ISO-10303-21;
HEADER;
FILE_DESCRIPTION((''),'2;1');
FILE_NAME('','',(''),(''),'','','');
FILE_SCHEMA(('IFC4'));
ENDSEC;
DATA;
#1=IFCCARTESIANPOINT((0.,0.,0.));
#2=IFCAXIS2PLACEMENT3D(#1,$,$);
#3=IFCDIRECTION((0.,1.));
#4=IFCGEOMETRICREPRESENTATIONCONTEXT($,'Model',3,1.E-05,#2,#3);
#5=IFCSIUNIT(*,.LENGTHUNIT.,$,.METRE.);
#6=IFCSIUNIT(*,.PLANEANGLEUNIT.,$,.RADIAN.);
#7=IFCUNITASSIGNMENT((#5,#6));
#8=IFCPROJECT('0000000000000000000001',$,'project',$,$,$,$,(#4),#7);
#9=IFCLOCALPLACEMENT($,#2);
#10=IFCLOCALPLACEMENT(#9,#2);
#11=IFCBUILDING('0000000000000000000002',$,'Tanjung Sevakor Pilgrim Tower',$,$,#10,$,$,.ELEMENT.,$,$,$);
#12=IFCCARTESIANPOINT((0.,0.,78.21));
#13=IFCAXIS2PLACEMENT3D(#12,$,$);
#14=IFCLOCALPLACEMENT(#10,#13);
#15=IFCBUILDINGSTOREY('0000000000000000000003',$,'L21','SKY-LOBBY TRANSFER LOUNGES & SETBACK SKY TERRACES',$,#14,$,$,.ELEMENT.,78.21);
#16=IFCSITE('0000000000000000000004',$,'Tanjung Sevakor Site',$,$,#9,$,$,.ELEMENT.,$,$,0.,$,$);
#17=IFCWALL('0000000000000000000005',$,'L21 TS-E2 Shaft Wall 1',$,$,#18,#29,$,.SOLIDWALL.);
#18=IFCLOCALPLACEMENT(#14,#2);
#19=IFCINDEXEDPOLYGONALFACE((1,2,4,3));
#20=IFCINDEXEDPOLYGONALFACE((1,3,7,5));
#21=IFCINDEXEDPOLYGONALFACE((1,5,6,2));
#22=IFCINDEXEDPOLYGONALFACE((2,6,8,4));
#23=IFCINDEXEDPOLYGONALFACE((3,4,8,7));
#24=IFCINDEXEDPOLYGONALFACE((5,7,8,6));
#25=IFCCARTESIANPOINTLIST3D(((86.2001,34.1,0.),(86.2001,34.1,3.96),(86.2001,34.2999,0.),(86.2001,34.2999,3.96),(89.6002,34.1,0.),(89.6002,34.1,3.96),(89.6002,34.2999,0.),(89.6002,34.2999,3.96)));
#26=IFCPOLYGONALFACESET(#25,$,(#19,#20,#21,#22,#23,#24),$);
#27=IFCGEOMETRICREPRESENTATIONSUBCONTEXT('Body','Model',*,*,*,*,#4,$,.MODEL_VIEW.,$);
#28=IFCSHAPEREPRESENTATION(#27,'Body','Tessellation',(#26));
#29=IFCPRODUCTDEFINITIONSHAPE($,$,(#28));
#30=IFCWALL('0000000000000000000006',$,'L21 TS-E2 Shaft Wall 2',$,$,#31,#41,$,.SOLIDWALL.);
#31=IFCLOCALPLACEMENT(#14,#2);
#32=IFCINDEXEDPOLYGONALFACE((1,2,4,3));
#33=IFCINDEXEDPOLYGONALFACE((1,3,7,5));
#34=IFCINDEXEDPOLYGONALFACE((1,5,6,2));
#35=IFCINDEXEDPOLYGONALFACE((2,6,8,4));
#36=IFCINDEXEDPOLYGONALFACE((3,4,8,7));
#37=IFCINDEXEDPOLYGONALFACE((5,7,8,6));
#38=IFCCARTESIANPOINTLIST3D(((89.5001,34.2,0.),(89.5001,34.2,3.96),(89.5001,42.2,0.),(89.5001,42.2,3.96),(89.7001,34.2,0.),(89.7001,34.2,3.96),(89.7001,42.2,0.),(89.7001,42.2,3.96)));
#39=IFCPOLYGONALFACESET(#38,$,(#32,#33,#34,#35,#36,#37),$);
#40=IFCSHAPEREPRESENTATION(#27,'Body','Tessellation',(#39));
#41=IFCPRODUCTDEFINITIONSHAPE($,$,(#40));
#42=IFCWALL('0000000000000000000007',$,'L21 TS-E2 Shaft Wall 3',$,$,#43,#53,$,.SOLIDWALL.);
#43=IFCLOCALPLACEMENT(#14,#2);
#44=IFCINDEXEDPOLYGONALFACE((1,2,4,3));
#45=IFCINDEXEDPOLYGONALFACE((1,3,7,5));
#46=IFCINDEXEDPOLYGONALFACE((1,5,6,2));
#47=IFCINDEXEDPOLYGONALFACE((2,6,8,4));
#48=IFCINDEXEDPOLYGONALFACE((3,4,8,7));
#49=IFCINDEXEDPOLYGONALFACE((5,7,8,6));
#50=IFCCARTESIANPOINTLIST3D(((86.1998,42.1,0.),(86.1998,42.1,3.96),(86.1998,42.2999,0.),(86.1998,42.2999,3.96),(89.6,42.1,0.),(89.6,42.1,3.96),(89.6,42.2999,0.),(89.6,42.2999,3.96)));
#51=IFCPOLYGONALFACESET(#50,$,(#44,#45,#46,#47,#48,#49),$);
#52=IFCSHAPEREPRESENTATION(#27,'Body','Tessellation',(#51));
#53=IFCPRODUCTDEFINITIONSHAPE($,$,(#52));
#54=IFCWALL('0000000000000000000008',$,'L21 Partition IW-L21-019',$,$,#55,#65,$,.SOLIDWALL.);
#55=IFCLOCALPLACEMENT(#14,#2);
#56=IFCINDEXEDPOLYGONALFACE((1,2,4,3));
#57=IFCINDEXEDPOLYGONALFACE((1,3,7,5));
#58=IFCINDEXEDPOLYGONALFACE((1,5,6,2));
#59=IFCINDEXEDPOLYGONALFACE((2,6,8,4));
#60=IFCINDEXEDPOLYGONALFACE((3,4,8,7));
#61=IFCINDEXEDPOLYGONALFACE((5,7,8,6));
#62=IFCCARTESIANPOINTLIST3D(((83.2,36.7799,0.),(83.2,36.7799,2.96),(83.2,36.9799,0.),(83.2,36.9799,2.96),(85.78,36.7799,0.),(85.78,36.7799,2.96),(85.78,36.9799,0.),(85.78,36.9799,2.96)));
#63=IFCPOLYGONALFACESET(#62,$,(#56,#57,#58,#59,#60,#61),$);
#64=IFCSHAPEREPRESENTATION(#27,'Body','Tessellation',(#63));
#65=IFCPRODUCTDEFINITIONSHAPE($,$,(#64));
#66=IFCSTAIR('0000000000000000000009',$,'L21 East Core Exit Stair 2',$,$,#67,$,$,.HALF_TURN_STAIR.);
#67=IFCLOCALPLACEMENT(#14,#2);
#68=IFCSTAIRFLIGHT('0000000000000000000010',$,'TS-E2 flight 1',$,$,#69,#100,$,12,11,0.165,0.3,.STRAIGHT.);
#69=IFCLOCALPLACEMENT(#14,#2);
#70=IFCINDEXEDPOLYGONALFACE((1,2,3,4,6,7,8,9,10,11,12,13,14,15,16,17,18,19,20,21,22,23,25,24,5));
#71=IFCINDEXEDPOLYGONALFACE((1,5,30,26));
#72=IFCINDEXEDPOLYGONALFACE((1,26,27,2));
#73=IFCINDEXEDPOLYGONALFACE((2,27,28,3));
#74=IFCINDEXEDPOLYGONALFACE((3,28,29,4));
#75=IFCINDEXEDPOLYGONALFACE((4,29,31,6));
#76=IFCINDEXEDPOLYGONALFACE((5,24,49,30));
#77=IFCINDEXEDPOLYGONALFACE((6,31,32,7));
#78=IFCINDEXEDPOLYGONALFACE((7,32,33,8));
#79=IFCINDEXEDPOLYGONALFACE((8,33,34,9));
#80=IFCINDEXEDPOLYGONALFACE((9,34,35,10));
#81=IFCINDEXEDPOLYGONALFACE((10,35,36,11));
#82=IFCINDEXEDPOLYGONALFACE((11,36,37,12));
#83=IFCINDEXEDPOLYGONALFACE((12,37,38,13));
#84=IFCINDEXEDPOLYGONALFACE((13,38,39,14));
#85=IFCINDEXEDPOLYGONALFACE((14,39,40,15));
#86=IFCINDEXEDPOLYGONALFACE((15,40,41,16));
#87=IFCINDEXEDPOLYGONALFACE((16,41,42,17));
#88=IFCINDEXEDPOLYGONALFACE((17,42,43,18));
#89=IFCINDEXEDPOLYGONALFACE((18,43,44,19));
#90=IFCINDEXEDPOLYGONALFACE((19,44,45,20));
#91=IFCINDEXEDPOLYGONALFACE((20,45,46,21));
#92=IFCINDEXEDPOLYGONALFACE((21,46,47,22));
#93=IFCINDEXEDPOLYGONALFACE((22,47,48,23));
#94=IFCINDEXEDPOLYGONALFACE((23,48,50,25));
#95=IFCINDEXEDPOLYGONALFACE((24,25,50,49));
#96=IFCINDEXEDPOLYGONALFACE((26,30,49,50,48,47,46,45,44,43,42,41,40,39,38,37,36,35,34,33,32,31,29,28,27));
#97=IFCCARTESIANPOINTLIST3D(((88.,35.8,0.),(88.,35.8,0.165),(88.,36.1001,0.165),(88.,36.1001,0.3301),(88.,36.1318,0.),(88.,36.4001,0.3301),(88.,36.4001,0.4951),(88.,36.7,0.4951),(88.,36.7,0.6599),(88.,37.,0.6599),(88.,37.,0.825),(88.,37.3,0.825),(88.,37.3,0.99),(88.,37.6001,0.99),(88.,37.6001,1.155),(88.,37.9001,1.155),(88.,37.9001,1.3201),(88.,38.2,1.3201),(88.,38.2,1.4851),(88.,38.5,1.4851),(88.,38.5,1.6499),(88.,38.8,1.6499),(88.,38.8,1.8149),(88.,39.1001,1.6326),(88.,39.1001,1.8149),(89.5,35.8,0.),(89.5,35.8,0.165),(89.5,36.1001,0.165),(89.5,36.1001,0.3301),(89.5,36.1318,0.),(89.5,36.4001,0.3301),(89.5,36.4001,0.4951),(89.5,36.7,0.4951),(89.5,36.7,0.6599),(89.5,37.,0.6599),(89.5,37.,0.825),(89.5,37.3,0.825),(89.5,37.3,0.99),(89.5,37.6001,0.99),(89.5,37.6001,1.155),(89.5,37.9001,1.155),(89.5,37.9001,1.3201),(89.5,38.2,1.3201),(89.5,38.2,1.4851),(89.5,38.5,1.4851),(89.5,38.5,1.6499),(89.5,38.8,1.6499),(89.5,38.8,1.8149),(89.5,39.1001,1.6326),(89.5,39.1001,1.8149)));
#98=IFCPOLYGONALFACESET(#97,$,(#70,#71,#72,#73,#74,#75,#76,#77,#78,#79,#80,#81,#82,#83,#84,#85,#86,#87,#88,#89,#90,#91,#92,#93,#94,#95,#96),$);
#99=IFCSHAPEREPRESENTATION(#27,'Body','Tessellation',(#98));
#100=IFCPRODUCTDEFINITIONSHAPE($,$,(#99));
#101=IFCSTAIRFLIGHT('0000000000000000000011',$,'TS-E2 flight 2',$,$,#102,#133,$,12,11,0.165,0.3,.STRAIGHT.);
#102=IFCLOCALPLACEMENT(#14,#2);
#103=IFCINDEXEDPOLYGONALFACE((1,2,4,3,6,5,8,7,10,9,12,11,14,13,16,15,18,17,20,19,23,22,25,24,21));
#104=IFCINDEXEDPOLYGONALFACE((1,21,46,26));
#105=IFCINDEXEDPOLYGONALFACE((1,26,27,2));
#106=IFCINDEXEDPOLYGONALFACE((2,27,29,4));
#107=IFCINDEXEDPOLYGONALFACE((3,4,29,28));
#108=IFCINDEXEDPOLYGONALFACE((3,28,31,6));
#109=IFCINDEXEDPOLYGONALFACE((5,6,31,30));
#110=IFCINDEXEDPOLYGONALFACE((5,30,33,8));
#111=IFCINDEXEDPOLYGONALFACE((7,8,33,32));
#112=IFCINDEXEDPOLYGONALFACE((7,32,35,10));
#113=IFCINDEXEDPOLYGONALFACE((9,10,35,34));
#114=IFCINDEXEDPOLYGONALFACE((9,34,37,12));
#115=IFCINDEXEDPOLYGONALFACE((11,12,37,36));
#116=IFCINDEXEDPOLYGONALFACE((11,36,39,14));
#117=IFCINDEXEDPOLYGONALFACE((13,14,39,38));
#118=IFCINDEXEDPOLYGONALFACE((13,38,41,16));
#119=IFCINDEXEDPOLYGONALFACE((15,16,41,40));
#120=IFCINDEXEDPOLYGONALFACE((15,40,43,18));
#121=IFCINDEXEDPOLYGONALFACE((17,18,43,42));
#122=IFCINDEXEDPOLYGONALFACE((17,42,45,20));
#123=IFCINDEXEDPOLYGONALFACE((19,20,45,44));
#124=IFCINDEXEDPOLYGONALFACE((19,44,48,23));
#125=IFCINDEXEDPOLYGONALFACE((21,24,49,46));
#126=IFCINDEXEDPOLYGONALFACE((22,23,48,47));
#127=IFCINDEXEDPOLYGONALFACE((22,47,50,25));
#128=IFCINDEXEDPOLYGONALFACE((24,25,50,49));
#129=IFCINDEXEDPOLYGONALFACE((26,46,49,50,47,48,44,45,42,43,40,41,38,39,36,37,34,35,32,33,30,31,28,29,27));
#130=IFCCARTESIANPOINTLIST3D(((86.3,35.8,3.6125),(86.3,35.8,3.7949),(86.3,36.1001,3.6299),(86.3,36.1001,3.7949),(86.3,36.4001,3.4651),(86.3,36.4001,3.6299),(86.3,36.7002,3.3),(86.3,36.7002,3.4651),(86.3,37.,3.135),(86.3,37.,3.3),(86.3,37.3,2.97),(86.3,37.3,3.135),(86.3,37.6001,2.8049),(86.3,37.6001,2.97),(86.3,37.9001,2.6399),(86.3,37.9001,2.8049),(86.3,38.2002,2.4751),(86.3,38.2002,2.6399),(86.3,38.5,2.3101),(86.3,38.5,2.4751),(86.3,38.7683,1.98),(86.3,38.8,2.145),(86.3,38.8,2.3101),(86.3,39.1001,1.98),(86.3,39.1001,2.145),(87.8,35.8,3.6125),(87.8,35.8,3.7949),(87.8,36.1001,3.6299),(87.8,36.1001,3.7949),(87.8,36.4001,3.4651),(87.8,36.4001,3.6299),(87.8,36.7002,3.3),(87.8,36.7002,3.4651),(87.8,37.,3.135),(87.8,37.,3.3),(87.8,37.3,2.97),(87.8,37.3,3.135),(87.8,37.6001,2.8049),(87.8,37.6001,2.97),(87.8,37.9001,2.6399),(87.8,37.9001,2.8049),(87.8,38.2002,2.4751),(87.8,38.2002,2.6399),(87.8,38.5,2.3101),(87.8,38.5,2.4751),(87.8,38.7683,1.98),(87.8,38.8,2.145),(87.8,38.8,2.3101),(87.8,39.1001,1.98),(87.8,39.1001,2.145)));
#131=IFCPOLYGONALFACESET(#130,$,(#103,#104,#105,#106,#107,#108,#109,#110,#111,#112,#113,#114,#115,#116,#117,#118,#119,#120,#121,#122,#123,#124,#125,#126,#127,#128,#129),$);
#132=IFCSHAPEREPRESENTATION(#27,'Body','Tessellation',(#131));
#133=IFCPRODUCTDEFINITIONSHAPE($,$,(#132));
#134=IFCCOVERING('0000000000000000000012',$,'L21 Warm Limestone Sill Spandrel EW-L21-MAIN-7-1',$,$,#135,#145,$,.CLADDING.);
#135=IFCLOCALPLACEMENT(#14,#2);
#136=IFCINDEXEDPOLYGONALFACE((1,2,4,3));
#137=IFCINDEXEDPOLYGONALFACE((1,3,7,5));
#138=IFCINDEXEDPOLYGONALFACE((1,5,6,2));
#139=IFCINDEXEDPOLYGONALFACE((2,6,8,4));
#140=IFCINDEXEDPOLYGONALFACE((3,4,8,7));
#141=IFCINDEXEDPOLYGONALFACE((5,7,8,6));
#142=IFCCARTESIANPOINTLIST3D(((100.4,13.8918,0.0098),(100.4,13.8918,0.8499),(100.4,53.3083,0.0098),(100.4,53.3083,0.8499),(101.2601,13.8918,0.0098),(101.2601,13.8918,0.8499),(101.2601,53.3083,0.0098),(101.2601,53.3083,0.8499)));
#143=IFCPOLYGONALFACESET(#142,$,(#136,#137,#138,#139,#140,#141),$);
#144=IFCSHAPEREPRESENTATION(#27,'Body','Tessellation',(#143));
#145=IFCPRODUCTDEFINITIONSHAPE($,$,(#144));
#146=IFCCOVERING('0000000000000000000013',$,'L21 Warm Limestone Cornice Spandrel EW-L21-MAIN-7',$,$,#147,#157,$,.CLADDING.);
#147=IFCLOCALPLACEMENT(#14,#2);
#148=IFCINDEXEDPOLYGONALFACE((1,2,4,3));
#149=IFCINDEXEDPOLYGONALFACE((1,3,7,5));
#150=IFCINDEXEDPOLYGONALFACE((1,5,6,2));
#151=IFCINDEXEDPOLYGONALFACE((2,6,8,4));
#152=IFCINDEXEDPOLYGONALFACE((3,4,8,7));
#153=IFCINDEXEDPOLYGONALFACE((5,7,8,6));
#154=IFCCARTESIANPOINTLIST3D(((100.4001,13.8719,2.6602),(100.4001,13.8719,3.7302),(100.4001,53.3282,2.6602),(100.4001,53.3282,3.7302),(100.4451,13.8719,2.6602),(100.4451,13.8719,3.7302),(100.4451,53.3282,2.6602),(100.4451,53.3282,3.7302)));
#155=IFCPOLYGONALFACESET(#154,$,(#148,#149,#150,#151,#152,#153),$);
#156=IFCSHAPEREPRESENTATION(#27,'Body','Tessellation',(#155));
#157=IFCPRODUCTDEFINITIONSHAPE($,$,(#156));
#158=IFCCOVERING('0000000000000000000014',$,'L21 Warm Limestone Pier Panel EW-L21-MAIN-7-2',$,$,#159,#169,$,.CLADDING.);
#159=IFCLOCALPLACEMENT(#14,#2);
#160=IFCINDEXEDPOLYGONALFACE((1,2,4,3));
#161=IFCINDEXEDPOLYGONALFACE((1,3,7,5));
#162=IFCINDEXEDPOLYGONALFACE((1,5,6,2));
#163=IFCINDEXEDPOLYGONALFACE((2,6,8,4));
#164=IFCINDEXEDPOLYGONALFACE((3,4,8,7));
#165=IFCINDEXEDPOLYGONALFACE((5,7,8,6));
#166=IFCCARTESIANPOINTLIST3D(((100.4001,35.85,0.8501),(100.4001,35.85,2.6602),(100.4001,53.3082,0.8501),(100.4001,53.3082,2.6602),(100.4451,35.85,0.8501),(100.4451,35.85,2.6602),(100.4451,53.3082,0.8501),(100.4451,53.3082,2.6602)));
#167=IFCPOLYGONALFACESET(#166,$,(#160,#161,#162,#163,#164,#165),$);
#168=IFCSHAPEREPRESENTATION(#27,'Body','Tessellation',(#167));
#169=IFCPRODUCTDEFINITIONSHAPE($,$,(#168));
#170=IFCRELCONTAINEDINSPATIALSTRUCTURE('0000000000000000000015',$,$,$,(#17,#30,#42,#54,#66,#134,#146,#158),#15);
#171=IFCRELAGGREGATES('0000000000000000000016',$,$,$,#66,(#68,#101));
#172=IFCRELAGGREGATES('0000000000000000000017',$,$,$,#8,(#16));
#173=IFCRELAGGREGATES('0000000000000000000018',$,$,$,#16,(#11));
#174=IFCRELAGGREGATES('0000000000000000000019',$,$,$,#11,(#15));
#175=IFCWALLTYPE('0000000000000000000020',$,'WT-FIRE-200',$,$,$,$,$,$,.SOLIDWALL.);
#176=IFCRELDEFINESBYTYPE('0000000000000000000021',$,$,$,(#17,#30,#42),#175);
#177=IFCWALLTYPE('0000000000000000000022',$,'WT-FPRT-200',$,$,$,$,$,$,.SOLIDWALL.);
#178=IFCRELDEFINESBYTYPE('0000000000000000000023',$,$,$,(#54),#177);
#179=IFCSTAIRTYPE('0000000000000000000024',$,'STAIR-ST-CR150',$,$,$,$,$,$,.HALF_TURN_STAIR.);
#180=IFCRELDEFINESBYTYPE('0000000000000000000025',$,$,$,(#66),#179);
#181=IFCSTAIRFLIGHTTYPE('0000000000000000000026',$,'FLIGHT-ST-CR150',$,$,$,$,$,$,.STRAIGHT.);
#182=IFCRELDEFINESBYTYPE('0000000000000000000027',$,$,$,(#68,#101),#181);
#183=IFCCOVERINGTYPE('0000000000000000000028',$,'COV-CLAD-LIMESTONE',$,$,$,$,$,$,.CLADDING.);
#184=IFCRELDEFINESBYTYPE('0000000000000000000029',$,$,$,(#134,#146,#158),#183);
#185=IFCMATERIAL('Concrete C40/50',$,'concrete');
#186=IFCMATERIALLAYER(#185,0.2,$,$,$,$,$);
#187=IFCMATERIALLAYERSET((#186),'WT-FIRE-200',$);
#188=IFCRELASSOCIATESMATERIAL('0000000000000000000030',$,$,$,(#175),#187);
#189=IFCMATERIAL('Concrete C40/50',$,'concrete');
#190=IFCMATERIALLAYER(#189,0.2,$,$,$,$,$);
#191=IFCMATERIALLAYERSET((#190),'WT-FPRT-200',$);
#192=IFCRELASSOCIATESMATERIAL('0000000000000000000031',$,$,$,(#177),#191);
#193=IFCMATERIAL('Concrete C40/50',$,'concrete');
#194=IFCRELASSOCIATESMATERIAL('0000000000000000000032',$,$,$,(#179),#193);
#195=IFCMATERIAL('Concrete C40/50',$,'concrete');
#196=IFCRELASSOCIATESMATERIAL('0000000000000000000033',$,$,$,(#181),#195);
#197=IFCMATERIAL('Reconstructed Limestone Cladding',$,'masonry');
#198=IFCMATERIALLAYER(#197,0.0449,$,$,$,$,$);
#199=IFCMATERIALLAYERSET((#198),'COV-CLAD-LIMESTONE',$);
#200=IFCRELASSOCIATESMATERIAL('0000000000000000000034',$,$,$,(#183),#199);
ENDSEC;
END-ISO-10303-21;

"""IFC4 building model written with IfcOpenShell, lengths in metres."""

from ifc_helpers import new_model, si_unit, direction, frame, frame_2d, origin, origin_2d, place, context, subcontext, project, spatial, polyline, rectangle, outline, extrude, material, layer, layer_set, type_object, element, aggregate, save


model = new_model("IFC4")

# Units and contexts
model_context = context("Model", 3, precision=1e-05, world=origin(), true_north=direction((0.0, 1.0)))
body_context = subcontext(model_context, "Body", "Model", "MODEL_VIEW")
ifc_project = project(units=[si_unit("LENGTHUNIT", "METRE"), si_unit("PLANEANGLEUNIT", "RADIAN")], contexts=[model_context])

# Site, building, storey
site_placement = place(None, origin())
site = spatial("IfcSite", under=ifc_project, at=site_placement, Name="Tanjung Sevakor Site", CompositionType="ELEMENT", RefElevation=0.0)
building_placement = place(site_placement, origin())
building = spatial("IfcBuilding", under=site, at=building_placement, Name="Tanjung Sevakor Pilgrim Tower", CompositionType="ELEMENT")
storey_placement = place(building_placement, frame((0.0, 0.0, 78.21)))
storey = spatial("IfcBuildingStorey", under=building, at=storey_placement, Name="L21", Description="SKY-LOBBY TRANSFER LOUNGES & SETBACK SKY TERRACES", CompositionType="ELEMENT", Elevation=78.21)

# Walls
ifc_material_1 = material(Name="Concrete C40/50", Category="concrete")
ifc_layer_1 = layer(ifc_material_1, 0.2)
ifc_layer_set_1 = layer_set([ifc_layer_1], Name="WT-FIRE-200")
wall_type_1 = type_object("IfcWallType", Name="WT-FIRE-200", PredefinedType="SOLIDWALL", material=ifc_layer_set_1)
wall_1_placement = place(storey_placement, frame((86.2, 34.2, 0.0), z_axis=(0.0, 0.0, 1.0), x_axis=(1.0, 0.0, 0.0)))
element("IfcWall", 1, at=wall_1_placement, inside=storey, type_object=wall_type_1, Name="L21 TS-E2 Shaft Wall 1", PredefinedType="SOLIDWALL", context=body_context, shape_type="SweptSolid", body=[
    extrude(rectangle(XDim=3.4001, YDim=0.2, at=frame_2d((1.7002, 0.0))), origin(), (0.0, 0.0, 1.0), 3.96),
])
wall_2_placement = place(storey_placement, frame((89.6001, 34.2, 0.0), z_axis=(0.0, 0.0, 1.0), x_axis=(0.0, 1.0, 0.0)))
element("IfcWall", 2, at=wall_2_placement, inside=storey, type_object=wall_type_1, Name="L21 TS-E2 Shaft Wall 2", PredefinedType="SOLIDWALL", context=body_context, shape_type="SweptSolid", body=[
    extrude(rectangle(XDim=8.0, YDim=0.2, at=frame_2d((4.0, 0.0))), origin(), (0.0, 0.0, 1.0), 3.96),
])
wall_3_placement = place(storey_placement, frame((89.6001, 42.2, 0.0), z_axis=(0.0, 0.0, 1.0), x_axis=(-1.0, 0.0, 0.0)))
element("IfcWall", 3, at=wall_3_placement, inside=storey, type_object=wall_type_1, Name="L21 TS-E2 Shaft Wall 3", PredefinedType="SOLIDWALL", context=body_context, shape_type="SweptSolid", body=[
    extrude(rectangle(XDim=3.4001, YDim=0.2, at=frame_2d((1.7002, 0.0))), origin(), (0.0, 0.0, 1.0), 3.96),
])
ifc_material_2 = material(Name="Concrete C40/50", Category="concrete")
ifc_layer_2 = layer(ifc_material_2, 0.2)
ifc_layer_set_2 = layer_set([ifc_layer_2], Name="WT-FPRT-200")
wall_type_2 = type_object("IfcWallType", Name="WT-FPRT-200", PredefinedType="SOLIDWALL", material=ifc_layer_set_2)
wall_4_placement = place(storey_placement, frame((83.2, 36.8799, 0.0), z_axis=(0.0, 0.0, 1.0), x_axis=(1.0, 0.0, 0.0)))
element("IfcWall", 4, at=wall_4_placement, inside=storey, type_object=wall_type_2, Name="L21 Partition IW-L21-019", PredefinedType="SOLIDWALL", context=body_context, shape_type="SweptSolid", body=[
    extrude(rectangle(XDim=2.5801, YDim=0.2, at=frame_2d((1.29, 0.0))), origin(), (0.0, 0.0, 1.0), 2.96),
])

# Stair, stair flights
ifc_material_3 = material(Name="Concrete C40/50", Category="concrete")
stair_type = type_object("IfcStairType", Name="STAIR-ST-CR150", PredefinedType="HALF_TURN_STAIR", material=ifc_material_3)
stair_placement = place(storey_placement, origin())
stair = element("IfcStair", 5, at=stair_placement, inside=storey, type_object=stair_type, Name="L21 East Core Exit Stair 2", PredefinedType="HALF_TURN_STAIR")
ifc_material_4 = material(Name="Concrete C40/50", Category="concrete")
stair_flight_type = type_object("IfcStairFlightType", Name="FLIGHT-ST-CR150", PredefinedType="STRAIGHT", material=ifc_material_4)
stair_flight_1_placement = place(storey_placement, frame((88.75, 35.8, 0.0), z_axis=(0.0, 0.0, 1.0), x_axis=(0.0, 1.0, 0.0)))
stair_flight_1 = element("IfcStairFlight", 6, at=stair_flight_1_placement, type_object=stair_flight_type, Name="TS-E2 flight 1", NumberOfRisers=12, NumberOfTreads=11, PredefinedType="STRAIGHT", RiserHeight=0.165, TreadLength=0.3, context=body_context, shape_type="SweptSolid", body=[
    extrude(outline(polyline([(0.0, 0.0), (0.0, 0.165), (0.3, 0.165), (0.3, 0.3301), (0.6001, 0.3301), (0.6001, 0.4951), (0.8999, 0.4951), (0.8999, 0.6599), (1.2, 0.6599), (1.2, 0.825), (1.5, 0.825), (1.5, 0.99), (1.8, 0.99), (1.8, 1.155), (2.1001, 1.155), (2.1001, 1.3201), (2.3999, 1.3201), (2.3999, 1.4851), (2.7, 1.4851), (2.7, 1.6499), (3.0, 1.6499), (3.0, 1.8149), (3.3, 1.8149), (3.3, 1.98), (3.3, 1.6326), (0.3318, 0.0), (0.0, 0.0)])), frame((0.0, 0.75, 0.0), z_axis=(0.0, -1.0, 0.0), x_axis=(1.0, 0.0, 0.0)), (0.0, 0.0, 1.0), 1.5),
])
stair_flight_2_placement = place(storey_placement, frame((87.05, 39.1001, 1.98), z_axis=(0.0, 0.0, 1.0), x_axis=(0.0, -1.0, 0.0)))
stair_flight_2 = element("IfcStairFlight", 7, at=stair_flight_2_placement, type_object=stair_flight_type, Name="TS-E2 flight 2", NumberOfRisers=12, NumberOfTreads=11, PredefinedType="STRAIGHT", RiserHeight=0.165, TreadLength=0.3, context=body_context, shape_type="SweptSolid", body=[
    extrude(outline(polyline([(0.0, 0.0), (0.0, 0.165), (0.3, 0.165), (0.3, 0.3301), (0.6001, 0.3301), (0.6001, 0.4951), (0.8999, 0.4951), (0.8999, 0.6599), (1.2, 0.6599), (1.2, 0.825), (1.5, 0.825), (1.5, 0.99), (1.8, 0.99), (1.8, 1.155), (2.1001, 1.155), (2.1001, 1.3201), (2.3999, 1.3201), (2.3999, 1.4851), (2.7, 1.4851), (2.7, 1.6499), (3.0, 1.6499), (3.0, 1.8149), (3.3, 1.8149), (3.3, 1.98), (3.3, 1.6326), (0.3318, 0.0), (0.0, 0.0)])), frame((0.0, 0.75, 0.0), z_axis=(0.0, -1.0, 0.0), x_axis=(1.0, 0.0, 0.0)), (0.0, 0.0, 1.0), 1.5),
])
aggregate(stair, [stair_flight_1, stair_flight_2])

# Coverings
ifc_material_5 = material(Name="Reconstructed Limestone Cladding", Category="masonry")
ifc_layer_3 = layer(ifc_material_5, 0.0449)
ifc_layer_set_3 = layer_set([ifc_layer_3], Name="COV-CLAD-LIMESTONE")
covering_type = type_object("IfcCoveringType", Name="COV-CLAD-LIMESTONE", PredefinedType="CLADDING", material=ifc_layer_set_3)
covering_1_placement = place(storey_placement, frame((100.8301, 33.6001, 0.0098), z_axis=(0.0, 0.0, 1.0), x_axis=(0.0, 1.0, 0.0)))
element("IfcCovering", 8, at=covering_1_placement, inside=storey, type_object=covering_type, Name="L21 Warm Limestone Sill Spandrel EW-L21-MAIN-7-1", PredefinedType="CLADDING", context=body_context, shape_type="SweptSolid", body=[
    extrude(rectangle(XDim=39.4165, YDim=0.8601, at=origin_2d()), origin(), (0.0, 0.0, 1.0), 0.8401),
])
covering_2_placement = place(storey_placement, frame((100.4226, 33.6001, 2.6602), z_axis=(0.0, 0.0, 1.0), x_axis=(0.0, 1.0, 0.0)))
element("IfcCovering", 9, at=covering_2_placement, inside=storey, type_object=covering_type, Name="L21 Warm Limestone Cornice Spandrel EW-L21-MAIN-7", PredefinedType="CLADDING", context=body_context, shape_type="SweptSolid", body=[
    extrude(rectangle(XDim=39.4563, YDim=0.0449, at=origin_2d()), origin(), (0.0, 0.0, 1.0), 1.0701),
])
covering_3_placement = place(storey_placement, frame((100.4226, 44.5791, 0.8501), z_axis=(0.0, 0.0, 1.0), x_axis=(0.0, 1.0, 0.0)))
element("IfcCovering", 10, at=covering_3_placement, inside=storey, type_object=covering_type, Name="L21 Warm Limestone Pier Panel EW-L21-MAIN-7-2", PredefinedType="CLADDING", context=body_context, shape_type="SweptSolid", body=[
    extrude(rectangle(XDim=17.4583, YDim=0.0449, at=origin_2d()), origin(), (0.0, 0.0, 1.0), 1.8101),
])

save(model, "model.ifc")
